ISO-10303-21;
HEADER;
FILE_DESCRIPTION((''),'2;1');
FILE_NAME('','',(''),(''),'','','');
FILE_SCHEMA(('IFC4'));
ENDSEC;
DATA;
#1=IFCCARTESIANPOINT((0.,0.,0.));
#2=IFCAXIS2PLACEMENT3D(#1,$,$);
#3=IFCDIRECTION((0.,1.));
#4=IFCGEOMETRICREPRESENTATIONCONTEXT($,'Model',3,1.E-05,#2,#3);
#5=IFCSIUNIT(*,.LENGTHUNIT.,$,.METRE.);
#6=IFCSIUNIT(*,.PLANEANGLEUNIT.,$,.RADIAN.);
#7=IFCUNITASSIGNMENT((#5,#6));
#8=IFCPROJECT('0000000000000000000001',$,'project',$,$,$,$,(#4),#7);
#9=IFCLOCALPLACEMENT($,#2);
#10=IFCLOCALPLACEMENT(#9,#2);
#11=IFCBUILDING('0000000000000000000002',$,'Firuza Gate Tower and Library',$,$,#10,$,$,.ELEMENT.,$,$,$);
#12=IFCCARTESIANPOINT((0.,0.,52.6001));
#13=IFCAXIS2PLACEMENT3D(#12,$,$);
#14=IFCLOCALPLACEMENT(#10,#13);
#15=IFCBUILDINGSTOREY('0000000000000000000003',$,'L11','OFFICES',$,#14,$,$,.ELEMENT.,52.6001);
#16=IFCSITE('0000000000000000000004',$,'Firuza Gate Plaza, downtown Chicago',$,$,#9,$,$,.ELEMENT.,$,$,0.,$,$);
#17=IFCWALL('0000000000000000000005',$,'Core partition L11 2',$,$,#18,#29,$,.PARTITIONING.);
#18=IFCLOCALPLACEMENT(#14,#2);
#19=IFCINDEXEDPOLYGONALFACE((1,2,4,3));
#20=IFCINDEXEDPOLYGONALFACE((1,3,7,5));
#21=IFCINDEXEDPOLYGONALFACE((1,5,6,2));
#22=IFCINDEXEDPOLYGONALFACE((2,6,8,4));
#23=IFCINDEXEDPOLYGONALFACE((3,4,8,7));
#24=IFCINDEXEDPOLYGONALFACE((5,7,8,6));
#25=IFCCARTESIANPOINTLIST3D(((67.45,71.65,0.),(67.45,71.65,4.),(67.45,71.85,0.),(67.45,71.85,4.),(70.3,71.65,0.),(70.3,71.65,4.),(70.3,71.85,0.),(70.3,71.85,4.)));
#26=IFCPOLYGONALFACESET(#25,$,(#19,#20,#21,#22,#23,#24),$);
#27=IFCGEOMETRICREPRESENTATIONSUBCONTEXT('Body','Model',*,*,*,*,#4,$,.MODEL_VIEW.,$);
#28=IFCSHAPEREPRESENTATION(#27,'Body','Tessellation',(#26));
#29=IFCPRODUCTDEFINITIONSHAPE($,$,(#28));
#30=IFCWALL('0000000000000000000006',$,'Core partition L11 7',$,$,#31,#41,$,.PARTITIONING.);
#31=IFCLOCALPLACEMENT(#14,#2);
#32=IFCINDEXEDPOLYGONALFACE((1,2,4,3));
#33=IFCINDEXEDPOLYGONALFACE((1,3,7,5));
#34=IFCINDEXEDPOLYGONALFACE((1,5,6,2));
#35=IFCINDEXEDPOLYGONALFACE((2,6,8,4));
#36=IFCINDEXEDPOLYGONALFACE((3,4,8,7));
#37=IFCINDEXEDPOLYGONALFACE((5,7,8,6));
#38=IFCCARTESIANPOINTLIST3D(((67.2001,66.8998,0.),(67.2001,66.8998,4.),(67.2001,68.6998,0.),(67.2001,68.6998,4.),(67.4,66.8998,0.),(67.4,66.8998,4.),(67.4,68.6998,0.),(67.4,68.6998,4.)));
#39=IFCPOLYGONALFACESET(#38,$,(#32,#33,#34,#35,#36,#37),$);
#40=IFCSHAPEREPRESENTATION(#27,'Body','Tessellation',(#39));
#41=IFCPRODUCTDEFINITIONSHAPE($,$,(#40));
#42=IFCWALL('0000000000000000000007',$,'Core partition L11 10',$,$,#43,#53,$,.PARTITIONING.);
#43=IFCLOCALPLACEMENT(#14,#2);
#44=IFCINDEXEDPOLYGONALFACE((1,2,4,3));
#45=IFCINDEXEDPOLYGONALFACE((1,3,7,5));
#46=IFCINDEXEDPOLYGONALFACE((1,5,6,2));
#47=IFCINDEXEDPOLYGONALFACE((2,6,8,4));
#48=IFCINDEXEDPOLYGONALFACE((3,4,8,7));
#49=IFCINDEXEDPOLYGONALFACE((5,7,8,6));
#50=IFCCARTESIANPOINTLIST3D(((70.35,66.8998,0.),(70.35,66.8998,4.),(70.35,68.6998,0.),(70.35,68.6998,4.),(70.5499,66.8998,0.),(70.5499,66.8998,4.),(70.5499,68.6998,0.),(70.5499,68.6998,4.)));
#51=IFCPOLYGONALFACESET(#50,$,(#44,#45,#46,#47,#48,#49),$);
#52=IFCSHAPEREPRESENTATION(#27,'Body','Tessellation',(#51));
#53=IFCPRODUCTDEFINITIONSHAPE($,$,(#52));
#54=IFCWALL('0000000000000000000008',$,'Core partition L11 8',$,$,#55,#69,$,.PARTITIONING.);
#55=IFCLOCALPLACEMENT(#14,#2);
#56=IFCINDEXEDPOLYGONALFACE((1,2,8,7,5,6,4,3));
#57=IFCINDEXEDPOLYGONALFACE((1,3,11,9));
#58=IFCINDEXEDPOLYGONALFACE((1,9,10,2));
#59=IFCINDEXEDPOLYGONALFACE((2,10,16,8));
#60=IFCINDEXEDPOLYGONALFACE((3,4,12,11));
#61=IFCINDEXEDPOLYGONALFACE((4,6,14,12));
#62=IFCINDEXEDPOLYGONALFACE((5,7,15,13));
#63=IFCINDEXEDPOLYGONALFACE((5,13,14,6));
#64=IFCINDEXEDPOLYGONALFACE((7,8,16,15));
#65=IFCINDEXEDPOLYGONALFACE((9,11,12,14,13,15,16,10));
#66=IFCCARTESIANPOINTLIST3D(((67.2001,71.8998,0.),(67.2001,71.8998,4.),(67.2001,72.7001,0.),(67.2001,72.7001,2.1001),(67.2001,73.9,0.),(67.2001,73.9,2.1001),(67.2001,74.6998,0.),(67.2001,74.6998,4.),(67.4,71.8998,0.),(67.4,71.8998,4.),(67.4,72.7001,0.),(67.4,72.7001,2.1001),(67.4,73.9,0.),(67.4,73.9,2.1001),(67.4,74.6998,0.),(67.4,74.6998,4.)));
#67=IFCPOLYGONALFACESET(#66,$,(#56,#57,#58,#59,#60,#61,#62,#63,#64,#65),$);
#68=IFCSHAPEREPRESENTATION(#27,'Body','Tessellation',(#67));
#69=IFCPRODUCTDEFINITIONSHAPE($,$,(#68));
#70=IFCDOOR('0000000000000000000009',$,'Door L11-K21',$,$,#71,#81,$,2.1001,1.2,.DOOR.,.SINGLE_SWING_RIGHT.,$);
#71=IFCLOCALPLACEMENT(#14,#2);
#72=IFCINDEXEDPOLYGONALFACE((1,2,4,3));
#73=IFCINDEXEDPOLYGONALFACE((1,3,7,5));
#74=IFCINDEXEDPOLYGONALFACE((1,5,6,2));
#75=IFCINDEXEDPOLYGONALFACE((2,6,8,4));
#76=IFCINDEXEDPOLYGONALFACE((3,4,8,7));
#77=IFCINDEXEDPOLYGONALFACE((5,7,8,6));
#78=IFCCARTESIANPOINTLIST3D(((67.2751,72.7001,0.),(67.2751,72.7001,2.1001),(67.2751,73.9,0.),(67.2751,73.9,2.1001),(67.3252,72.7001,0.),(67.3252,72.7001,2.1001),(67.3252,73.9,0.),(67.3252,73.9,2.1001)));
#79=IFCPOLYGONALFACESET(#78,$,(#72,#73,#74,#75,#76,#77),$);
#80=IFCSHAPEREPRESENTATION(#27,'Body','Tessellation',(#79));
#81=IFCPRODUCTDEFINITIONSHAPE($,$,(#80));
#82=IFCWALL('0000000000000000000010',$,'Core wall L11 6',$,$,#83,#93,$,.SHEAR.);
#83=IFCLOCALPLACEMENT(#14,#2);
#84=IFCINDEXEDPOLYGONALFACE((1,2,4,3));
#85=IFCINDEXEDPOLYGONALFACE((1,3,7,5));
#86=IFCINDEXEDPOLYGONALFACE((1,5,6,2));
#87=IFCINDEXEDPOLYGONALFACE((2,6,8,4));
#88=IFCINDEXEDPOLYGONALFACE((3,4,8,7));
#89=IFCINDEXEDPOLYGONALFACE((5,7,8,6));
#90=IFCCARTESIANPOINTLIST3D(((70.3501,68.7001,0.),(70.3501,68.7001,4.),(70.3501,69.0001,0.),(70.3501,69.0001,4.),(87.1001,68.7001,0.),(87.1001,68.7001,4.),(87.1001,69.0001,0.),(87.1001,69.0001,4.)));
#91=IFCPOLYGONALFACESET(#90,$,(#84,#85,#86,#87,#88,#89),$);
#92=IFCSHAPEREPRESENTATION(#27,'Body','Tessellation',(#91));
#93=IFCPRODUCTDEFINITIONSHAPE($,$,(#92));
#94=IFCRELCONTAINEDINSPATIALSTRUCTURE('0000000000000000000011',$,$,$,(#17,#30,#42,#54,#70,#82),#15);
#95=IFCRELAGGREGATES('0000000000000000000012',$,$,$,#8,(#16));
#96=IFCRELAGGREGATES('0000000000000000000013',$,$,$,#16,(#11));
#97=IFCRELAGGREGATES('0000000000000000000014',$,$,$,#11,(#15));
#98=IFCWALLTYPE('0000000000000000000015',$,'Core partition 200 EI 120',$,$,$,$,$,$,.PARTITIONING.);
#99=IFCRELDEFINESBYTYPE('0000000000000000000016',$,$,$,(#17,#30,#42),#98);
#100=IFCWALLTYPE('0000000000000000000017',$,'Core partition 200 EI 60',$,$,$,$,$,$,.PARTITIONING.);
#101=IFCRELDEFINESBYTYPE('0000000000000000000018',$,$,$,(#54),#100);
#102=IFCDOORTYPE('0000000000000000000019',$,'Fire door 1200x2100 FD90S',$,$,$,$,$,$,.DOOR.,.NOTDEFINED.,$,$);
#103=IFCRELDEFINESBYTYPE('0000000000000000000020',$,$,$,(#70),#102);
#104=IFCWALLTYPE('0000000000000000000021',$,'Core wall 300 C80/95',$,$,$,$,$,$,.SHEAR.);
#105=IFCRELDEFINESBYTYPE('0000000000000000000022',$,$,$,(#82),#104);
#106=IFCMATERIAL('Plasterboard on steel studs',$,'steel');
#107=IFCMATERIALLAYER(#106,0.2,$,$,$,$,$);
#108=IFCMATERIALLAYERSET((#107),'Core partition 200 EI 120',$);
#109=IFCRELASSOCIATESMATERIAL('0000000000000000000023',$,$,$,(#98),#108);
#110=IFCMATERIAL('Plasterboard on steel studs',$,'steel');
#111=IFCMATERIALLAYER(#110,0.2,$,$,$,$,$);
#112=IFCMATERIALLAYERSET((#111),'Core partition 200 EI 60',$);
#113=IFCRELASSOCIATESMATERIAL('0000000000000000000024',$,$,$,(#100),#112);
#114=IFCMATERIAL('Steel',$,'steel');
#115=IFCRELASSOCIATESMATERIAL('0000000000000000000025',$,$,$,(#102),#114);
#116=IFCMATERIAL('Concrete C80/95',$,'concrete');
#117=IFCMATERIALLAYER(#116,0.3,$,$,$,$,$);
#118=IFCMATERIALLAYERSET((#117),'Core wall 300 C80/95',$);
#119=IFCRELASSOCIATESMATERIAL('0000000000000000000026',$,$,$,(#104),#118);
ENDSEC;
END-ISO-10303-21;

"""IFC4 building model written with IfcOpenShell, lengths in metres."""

from ifc_helpers import new_model, si_unit, direction, frame, frame_2d, origin, place, context, subcontext, project, spatial, rectangle, extrude, material, layer, layer_set, type_object, element, fill, save


model = new_model("IFC4")

# Units and contexts
model_context = context("Model", 3, precision=1e-05, world=origin(), true_north=direction((0.0, 1.0)))
body_context = subcontext(model_context, "Body", "Model", "MODEL_VIEW")
ifc_project = project(units=[si_unit("LENGTHUNIT", "METRE"), si_unit("PLANEANGLEUNIT", "RADIAN")], contexts=[model_context])

# Site, building, storey
site_placement = place(None, origin())
site = spatial("IfcSite", under=ifc_project, at=site_placement, Name="Firuza Gate Plaza, downtown Chicago", CompositionType="ELEMENT", RefElevation=0.0)
building_placement = place(site_placement, origin())
building = spatial("IfcBuilding", under=site, at=building_placement, Name="Firuza Gate Tower and Library", CompositionType="ELEMENT")
storey_placement = place(building_placement, frame((0.0, 0.0, 52.6001)))
storey = spatial("IfcBuildingStorey", under=building, at=storey_placement, Name="L11", Description="OFFICES", CompositionType="ELEMENT", Elevation=52.6001)

# Walls
ifc_material_1 = material(Name="Plasterboard on steel studs", Category="steel")
ifc_layer_1 = layer(ifc_material_1, 0.2)
ifc_layer_set_1 = layer_set([ifc_layer_1], Name="Core partition 200 EI 120")
wall_type_1 = type_object("IfcWallType", Name="Core partition 200 EI 120", PredefinedType="PARTITIONING", material=ifc_layer_set_1)
wall_1_placement = place(storey_placement, frame((67.45, 71.75, 0.0), z_axis=(0.0, 0.0, 1.0), x_axis=(1.0, 0.0, 0.0)))
element("IfcWall", 1, at=wall_1_placement, inside=storey, type_object=wall_type_1, Name="Core partition L11 2", PredefinedType="PARTITIONING", context=body_context, shape_type="SweptSolid", body=[
    extrude(rectangle(XDim=2.8501, YDim=0.2, at=frame_2d((1.425, 0.0))), origin(), (0.0, 0.0, 1.0), 4.0),
])
for number, where, z_axis, x_axis, name in (
    (2, (67.3, 66.8999, 0.0), (0.0, 0.0, 1.0), (0.0, 1.0, 0.0), "Core partition L11 7"),
    (3, (70.45, 66.8999, 0.0), (0.0, 0.0, 1.0), (0.0, 1.0, 0.0), "Core partition L11 10"),
):
    element("IfcWall", number, at=place(storey_placement, frame(where, z_axis=z_axis, x_axis=x_axis)), inside=storey, type_object=wall_type_1, Name=name, PredefinedType="PARTITIONING", context=body_context, shape_type="SweptSolid", body=[
        extrude(rectangle(XDim=1.8, YDim=0.2, at=frame_2d((0.8999, 0.0))), origin(), (0.0, 0.0, 1.0), 4.0),
    ])

# Wall, opening, door
ifc_material_2 = material(Name="Plasterboard on steel studs", Category="steel")
ifc_layer_2 = layer(ifc_material_2, 0.2)
ifc_layer_set_2 = layer_set([ifc_layer_2], Name="Core partition 200 EI 60")
wall_type_2 = type_object("IfcWallType", Name="Core partition 200 EI 60", PredefinedType="PARTITIONING", material=ifc_layer_set_2)
wall_2_placement = place(storey_placement, frame((67.3, 71.8999, 0.0), z_axis=(0.0, 0.0, 1.0), x_axis=(0.0, 1.0, 0.0)))
wall_2 = element("IfcWall", 4, at=wall_2_placement, inside=storey, type_object=wall_type_2, Name="Core partition L11 8", PredefinedType="PARTITIONING", context=body_context, shape_type="SweptSolid", body=[
    extrude(rectangle(XDim=2.8, YDim=0.2, at=frame_2d((1.3999, 0.0))), origin(), (0.0, 0.0, 1.0), 4.0),
])
opening_1_placement = place(wall_2_placement, frame((0.8, 0.0, 0.0)))
opening_1 = element("IfcOpeningElement", 5, at=opening_1_placement, cuts=wall_2, PredefinedType="OPENING", context=body_context, shape_type="SweptSolid", body=[
    extrude(rectangle(XDim=1.2, YDim=2.1001, at=frame_2d((0.6001, 1.05))), frame((0.0, 0.1099, 0.0), z_axis=(0.0, -1.0, 0.0), x_axis=(1.0, 0.0, 0.0)), (0.0, 0.0, 1.0), 0.22),
])
ifc_material_3 = material(Name="Steel", Category="steel")
door_type_1 = type_object("IfcDoorType", Name="Fire door 1200x2100 FD90S", OperationType="NOTDEFINED", PredefinedType="DOOR", material=ifc_material_3)
door_1_placement = place(opening_1_placement, origin())
door_1 = element("IfcDoor", 6, at=door_1_placement, inside=storey, type_object=door_type_1, Name="Door L11-K21", OperationType="SINGLE_SWING_RIGHT", OverallHeight=2.1001, OverallWidth=1.2, PredefinedType="DOOR", context=body_context, shape_type="SweptSolid", body=[
    extrude(rectangle(XDim=1.2, YDim=2.1001, at=frame_2d((0.6001, 1.05))), frame((0.0, 0.0249, 0.0), z_axis=(0.0, -1.0, 0.0), x_axis=(1.0, 0.0, 0.0)), (0.0, 0.0, 1.0), 0.05),
])
fill(opening_1, door_1)

# Wall
ifc_material_4 = material(Name="Concrete C80/95", Category="concrete")
ifc_layer_3 = layer(ifc_material_4, 0.3)
ifc_layer_set_3 = layer_set([ifc_layer_3], Name="Core wall 300 C80/95")
wall_type_3 = type_object("IfcWallType", Name="Core wall 300 C80/95", PredefinedType="SHEAR", material=ifc_layer_set_3)
wall_3_placement = place(storey_placement, frame((70.3501, 68.8501, 0.0), z_axis=(0.0, 0.0, 1.0), x_axis=(1.0, 0.0, 0.0)))
element("IfcWall", 7, at=wall_3_placement, inside=storey, type_object=wall_type_3, Name="Core wall L11 6", PredefinedType="SHEAR", context=body_context, shape_type="SweptSolid", body=[
    extrude(rectangle(XDim=16.75, YDim=0.3, at=frame_2d((8.375, 0.0))), origin(), (0.0, 0.0, 1.0), 4.0),
])

save(model, "model.ifc")
